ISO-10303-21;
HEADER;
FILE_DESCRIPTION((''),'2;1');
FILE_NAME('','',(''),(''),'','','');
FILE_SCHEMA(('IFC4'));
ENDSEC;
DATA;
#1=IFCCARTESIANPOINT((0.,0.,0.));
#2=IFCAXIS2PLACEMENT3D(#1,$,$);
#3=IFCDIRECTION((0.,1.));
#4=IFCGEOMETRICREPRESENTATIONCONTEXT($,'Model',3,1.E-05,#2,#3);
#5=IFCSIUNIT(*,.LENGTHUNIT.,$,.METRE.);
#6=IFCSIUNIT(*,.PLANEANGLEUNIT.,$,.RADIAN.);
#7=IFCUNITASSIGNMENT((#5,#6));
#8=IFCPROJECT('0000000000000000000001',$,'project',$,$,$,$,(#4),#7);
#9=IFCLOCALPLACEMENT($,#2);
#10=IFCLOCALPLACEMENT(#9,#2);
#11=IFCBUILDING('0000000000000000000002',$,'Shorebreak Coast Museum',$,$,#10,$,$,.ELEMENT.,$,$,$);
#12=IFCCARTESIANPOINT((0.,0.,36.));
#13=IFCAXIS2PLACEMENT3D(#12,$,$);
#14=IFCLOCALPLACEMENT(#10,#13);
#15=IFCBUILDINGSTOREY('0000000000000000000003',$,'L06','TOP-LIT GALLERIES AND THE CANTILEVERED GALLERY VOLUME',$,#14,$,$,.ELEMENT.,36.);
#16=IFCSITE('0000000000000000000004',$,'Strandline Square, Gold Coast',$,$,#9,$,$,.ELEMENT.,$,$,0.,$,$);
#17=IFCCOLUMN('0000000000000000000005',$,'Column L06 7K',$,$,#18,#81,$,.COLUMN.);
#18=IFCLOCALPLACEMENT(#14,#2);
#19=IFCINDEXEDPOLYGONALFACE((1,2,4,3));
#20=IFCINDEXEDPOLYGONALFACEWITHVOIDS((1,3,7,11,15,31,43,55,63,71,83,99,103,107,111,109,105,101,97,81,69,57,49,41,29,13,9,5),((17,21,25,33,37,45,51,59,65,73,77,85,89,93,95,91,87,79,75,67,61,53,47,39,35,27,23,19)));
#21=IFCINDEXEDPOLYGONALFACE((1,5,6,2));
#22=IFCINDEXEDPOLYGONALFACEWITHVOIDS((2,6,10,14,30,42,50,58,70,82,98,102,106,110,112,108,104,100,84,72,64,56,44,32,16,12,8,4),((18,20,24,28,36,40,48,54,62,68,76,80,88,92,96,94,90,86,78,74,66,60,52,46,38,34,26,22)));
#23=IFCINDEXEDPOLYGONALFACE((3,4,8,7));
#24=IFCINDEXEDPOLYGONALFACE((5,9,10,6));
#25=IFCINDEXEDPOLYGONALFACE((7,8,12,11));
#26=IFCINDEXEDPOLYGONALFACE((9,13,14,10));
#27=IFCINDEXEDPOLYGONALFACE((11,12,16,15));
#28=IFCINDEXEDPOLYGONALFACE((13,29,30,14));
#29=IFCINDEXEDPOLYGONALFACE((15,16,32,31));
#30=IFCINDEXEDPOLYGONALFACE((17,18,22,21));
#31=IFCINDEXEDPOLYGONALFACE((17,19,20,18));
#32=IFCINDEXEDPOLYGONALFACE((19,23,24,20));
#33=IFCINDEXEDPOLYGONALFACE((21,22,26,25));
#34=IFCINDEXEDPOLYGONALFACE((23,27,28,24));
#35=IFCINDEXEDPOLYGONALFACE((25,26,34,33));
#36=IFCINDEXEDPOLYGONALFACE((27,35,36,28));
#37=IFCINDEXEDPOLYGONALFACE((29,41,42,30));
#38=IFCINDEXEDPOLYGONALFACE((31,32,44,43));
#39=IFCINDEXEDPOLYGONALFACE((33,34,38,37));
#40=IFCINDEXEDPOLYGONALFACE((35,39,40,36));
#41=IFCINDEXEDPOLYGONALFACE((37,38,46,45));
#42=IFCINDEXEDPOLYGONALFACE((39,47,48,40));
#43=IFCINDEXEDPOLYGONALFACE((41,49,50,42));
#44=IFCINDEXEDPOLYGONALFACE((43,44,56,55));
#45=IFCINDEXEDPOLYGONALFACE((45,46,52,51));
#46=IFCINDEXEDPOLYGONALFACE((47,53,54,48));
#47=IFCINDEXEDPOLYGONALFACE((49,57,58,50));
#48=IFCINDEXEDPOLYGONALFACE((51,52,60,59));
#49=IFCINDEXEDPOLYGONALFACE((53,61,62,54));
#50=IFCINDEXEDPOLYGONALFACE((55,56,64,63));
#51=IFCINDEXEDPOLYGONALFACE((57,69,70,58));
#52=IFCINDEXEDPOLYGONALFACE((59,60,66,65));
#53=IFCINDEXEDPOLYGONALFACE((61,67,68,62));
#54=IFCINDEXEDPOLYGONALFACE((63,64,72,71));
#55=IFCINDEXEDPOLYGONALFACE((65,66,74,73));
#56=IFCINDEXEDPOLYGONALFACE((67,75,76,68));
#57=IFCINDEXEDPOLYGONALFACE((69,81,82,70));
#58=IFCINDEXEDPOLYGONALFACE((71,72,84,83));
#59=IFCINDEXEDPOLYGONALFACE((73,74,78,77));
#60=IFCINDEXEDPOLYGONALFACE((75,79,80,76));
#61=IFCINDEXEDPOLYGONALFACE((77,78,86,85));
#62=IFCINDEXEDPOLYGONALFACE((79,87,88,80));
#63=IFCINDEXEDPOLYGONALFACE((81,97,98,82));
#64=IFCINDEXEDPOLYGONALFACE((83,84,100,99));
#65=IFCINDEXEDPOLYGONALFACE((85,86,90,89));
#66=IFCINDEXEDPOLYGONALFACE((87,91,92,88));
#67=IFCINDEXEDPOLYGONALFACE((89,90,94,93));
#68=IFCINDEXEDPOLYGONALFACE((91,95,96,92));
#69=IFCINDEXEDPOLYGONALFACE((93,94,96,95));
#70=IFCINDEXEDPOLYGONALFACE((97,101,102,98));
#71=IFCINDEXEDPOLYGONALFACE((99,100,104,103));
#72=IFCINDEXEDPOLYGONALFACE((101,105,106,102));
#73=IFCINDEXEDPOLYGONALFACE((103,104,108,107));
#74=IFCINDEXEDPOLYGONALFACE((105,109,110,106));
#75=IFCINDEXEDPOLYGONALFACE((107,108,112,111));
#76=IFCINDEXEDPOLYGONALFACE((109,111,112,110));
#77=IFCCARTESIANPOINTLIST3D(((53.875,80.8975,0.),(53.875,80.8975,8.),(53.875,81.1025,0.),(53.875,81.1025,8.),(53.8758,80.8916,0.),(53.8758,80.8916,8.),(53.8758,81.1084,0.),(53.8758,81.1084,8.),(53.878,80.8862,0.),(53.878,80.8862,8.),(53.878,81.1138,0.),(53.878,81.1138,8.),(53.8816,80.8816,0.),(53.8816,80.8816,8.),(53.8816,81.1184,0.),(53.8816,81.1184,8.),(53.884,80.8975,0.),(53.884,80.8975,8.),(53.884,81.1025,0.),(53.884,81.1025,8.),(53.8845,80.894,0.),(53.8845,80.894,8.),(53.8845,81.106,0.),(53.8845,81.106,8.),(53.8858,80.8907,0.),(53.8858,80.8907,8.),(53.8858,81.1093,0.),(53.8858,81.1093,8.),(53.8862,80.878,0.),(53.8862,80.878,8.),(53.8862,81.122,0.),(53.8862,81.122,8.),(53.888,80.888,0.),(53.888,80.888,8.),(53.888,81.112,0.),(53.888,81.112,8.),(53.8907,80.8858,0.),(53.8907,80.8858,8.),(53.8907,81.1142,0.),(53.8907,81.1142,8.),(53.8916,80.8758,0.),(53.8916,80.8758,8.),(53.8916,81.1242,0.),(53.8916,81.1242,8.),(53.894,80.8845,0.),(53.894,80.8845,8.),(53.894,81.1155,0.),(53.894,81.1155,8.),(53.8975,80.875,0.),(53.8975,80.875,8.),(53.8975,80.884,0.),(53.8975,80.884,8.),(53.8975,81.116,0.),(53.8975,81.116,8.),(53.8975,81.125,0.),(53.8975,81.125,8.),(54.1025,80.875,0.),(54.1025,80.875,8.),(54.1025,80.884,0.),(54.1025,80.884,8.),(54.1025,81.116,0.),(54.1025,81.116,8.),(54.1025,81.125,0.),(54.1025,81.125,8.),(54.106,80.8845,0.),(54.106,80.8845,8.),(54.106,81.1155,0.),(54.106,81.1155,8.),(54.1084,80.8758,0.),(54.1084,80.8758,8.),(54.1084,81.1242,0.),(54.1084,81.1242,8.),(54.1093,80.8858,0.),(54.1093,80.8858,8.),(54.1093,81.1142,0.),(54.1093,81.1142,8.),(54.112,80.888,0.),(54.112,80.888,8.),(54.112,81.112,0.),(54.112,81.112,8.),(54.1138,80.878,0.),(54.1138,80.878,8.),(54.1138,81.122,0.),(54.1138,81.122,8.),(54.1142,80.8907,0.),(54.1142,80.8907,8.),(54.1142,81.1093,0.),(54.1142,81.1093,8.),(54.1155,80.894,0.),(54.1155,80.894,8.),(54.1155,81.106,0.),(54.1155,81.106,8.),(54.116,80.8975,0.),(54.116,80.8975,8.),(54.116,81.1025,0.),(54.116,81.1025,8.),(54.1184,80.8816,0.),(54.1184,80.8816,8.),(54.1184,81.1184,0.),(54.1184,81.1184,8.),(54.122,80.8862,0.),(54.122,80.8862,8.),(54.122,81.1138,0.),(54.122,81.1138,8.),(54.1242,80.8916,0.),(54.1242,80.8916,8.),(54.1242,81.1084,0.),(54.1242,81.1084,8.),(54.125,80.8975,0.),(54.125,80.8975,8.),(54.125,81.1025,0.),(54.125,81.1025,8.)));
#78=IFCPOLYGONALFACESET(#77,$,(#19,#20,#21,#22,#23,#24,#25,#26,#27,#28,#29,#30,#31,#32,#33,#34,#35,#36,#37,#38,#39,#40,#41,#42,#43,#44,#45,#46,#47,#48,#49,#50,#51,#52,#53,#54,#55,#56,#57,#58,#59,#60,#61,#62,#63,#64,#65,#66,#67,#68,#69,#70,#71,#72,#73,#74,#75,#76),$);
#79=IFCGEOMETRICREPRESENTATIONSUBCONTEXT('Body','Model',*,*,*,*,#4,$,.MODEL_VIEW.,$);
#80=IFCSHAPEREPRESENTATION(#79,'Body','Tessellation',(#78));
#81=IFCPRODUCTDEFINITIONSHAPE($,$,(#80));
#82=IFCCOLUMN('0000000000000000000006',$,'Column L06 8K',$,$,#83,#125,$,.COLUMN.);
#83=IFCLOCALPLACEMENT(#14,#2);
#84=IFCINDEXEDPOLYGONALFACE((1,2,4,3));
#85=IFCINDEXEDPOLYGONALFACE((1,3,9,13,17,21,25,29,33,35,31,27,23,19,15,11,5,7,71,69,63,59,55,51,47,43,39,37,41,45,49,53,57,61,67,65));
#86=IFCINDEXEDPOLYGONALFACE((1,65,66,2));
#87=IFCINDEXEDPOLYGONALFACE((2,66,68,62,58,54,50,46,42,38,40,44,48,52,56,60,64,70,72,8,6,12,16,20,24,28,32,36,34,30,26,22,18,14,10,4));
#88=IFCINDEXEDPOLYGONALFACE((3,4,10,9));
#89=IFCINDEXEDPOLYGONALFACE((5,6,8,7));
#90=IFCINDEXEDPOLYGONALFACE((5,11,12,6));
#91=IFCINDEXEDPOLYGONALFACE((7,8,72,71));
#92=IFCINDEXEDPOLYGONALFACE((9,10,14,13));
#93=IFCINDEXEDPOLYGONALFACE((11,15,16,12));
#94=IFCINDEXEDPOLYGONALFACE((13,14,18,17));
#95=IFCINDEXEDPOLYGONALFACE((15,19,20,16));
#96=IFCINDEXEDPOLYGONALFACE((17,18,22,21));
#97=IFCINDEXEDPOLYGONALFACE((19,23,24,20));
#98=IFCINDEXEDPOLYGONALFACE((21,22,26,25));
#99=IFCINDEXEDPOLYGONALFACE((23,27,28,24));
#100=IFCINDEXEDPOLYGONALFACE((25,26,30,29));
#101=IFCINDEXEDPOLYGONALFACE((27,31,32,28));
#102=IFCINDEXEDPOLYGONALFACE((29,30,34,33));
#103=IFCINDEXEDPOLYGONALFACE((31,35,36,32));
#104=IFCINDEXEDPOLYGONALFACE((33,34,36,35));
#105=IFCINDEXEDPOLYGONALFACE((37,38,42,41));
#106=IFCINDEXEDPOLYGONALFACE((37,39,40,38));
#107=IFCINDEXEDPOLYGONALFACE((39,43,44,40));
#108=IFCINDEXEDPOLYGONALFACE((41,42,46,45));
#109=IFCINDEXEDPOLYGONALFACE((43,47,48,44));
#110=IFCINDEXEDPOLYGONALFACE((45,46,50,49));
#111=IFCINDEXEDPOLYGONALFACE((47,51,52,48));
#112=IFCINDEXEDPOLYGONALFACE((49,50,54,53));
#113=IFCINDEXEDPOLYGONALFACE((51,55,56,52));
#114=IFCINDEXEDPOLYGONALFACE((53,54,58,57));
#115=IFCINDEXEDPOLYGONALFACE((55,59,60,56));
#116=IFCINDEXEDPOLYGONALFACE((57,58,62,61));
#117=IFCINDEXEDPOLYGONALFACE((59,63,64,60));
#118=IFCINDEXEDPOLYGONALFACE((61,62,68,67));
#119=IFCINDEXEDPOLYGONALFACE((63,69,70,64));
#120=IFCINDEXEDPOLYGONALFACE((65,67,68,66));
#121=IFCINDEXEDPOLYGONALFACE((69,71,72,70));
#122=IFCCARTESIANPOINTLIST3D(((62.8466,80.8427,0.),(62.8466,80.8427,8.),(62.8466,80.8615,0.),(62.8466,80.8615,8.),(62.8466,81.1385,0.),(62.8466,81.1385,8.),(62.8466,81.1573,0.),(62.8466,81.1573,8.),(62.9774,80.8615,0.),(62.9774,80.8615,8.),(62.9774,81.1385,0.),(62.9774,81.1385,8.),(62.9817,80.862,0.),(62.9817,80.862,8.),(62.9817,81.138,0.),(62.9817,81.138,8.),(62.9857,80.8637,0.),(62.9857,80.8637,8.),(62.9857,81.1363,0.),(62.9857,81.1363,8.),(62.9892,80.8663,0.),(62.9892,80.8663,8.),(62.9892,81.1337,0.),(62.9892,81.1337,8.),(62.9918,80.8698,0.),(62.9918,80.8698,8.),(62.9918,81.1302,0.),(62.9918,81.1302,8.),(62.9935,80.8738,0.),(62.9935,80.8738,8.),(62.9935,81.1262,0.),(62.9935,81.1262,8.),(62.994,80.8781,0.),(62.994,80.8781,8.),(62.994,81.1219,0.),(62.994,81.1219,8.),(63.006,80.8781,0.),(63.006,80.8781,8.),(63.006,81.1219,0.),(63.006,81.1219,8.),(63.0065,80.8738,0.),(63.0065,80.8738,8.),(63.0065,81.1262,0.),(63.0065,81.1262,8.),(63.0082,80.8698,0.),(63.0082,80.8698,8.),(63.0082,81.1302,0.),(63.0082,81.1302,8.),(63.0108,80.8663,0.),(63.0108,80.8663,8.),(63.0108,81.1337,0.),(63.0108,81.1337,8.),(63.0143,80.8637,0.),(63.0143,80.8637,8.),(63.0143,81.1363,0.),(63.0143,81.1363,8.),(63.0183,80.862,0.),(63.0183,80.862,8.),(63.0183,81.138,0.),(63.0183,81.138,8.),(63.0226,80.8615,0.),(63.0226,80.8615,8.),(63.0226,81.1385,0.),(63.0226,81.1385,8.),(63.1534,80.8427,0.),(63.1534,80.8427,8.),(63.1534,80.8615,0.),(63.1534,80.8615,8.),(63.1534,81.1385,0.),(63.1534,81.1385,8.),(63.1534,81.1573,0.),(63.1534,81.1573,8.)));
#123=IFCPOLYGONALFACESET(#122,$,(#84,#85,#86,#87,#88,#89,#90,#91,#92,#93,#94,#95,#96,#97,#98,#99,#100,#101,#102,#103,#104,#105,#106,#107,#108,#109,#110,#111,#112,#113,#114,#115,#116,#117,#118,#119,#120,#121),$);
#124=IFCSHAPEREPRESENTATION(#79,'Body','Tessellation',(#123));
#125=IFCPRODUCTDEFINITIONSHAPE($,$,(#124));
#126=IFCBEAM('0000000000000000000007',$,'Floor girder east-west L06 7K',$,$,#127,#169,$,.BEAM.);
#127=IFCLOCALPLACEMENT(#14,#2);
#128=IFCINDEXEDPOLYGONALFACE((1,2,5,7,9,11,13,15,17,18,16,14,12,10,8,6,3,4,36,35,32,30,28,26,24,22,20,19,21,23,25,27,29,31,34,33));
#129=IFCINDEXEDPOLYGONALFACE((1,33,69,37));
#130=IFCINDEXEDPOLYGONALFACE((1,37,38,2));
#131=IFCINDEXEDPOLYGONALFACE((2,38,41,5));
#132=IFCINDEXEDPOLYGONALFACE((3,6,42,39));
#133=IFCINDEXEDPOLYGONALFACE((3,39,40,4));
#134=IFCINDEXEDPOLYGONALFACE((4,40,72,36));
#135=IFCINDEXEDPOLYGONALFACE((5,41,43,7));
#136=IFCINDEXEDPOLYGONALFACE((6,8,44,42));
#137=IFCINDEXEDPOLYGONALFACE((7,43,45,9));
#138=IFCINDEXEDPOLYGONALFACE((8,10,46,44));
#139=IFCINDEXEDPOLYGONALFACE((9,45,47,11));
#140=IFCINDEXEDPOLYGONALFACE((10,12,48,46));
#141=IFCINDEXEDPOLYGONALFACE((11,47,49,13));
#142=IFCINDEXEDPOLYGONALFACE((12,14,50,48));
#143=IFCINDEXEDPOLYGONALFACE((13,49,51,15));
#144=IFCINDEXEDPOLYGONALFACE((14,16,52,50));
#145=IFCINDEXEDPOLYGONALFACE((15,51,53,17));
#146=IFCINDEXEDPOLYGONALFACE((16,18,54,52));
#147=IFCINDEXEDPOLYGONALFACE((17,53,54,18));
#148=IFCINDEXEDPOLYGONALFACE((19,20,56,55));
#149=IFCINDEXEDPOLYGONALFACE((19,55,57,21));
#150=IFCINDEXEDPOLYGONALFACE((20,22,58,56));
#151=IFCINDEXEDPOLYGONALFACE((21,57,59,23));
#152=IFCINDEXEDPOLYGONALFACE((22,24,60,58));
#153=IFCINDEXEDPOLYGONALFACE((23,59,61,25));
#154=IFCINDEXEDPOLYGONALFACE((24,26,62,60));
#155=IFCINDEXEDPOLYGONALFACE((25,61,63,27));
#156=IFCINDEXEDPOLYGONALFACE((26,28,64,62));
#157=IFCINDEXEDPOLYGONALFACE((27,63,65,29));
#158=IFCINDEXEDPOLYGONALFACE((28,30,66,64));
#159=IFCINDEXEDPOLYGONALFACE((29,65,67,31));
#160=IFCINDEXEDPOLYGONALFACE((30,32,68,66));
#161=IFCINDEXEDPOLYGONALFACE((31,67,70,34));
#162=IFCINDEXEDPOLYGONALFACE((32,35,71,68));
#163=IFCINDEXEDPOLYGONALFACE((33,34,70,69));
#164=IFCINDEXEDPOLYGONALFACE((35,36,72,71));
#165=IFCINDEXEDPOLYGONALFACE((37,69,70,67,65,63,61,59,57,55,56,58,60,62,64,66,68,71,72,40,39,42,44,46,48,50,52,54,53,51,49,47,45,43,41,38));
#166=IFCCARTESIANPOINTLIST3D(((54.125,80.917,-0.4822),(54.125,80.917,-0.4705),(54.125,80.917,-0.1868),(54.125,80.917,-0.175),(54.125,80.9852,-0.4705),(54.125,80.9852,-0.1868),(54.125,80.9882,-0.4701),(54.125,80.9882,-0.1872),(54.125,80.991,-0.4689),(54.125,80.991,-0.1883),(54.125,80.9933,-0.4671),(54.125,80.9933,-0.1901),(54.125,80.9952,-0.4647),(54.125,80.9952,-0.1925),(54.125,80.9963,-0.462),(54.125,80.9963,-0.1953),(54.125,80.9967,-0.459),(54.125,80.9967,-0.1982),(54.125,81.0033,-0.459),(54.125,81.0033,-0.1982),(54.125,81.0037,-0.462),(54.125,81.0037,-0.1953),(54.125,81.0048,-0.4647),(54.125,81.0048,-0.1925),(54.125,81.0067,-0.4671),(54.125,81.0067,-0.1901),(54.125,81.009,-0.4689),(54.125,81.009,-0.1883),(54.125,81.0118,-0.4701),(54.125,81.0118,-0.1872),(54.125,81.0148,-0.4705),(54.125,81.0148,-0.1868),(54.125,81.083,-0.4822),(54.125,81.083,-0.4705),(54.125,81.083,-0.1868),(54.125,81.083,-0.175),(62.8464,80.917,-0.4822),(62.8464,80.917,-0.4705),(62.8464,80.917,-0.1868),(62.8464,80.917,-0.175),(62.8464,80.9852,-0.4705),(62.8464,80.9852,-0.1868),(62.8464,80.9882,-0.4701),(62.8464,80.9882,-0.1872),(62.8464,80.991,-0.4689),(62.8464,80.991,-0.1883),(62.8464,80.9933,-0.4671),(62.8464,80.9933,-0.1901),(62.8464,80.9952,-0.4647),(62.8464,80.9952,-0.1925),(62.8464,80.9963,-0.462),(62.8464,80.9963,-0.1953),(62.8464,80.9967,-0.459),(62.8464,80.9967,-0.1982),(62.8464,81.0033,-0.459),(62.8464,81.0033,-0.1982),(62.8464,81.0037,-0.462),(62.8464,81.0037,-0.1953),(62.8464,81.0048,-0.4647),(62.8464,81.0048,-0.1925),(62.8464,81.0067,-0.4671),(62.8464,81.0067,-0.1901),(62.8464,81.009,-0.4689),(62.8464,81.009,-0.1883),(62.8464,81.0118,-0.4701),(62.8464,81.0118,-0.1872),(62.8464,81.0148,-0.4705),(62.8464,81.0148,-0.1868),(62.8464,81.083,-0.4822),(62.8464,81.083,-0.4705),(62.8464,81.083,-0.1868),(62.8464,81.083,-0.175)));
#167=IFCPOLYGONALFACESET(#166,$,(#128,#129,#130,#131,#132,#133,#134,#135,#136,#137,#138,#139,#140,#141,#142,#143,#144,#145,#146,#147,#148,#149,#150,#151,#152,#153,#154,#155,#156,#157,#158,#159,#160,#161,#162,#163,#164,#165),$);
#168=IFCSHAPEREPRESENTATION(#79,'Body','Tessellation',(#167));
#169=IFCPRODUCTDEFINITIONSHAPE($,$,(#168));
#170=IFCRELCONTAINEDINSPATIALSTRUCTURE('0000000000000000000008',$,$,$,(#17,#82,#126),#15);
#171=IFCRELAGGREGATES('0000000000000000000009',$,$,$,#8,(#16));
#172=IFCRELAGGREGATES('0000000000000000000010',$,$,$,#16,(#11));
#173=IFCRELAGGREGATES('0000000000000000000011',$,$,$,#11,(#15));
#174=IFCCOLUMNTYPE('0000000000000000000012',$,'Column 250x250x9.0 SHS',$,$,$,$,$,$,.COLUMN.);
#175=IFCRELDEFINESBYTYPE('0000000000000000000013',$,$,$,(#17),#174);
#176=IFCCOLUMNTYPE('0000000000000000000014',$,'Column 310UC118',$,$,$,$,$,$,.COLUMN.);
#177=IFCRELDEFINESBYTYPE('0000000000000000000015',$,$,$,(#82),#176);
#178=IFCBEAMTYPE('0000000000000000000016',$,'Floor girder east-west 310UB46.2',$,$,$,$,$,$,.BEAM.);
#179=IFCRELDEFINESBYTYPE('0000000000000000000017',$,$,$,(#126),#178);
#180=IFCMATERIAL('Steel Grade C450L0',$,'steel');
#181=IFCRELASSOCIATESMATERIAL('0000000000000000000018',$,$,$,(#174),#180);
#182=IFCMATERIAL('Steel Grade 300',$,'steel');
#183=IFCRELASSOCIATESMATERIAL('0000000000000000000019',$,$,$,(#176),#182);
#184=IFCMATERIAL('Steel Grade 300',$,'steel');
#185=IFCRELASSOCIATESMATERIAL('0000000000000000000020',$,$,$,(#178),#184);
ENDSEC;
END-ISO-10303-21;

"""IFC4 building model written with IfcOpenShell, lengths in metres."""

from ifc_helpers import new_model, si_unit, direction, frame, origin, origin_2d, place, context, subcontext, project, spatial, hollow_rectangle, i_section, extrude, material, material_profile, profile_set, type_object, element, save


model = new_model("IFC4")

# Units and contexts
model_context = context("Model", 3, precision=1e-05, world=origin(), true_north=direction((0.0, 1.0)))
body_context = subcontext(model_context, "Body", "Model", "MODEL_VIEW")
ifc_project = project(units=[si_unit("LENGTHUNIT", "METRE"), si_unit("PLANEANGLEUNIT", "RADIAN")], contexts=[model_context])

# Site, building, storey
site_placement = place(None, origin())
site = spatial("IfcSite", under=ifc_project, at=site_placement, Name="Strandline Square, Gold Coast", CompositionType="ELEMENT", RefElevation=0.0)
building_placement = place(site_placement, origin())
building = spatial("IfcBuilding", under=site, at=building_placement, Name="Shorebreak Coast Museum", CompositionType="ELEMENT")
storey_placement = place(building_placement, frame((0.0, 0.0, 36.0)))
storey = spatial("IfcBuildingStorey", under=building, at=storey_placement, Name="L06", Description="TOP-LIT GALLERIES AND THE CANTILEVERED GALLERY VOLUME", CompositionType="ELEMENT", Elevation=36.0)

# Columns
ifc_material_1 = material(Name="Steel Grade C450L0", Category="steel")
ifc_material_profile_1 = material_profile(ifc_material_1, hollow_rectangle(XDim=0.25, YDim=0.25, WallThickness=0.009, InnerFilletRadius=0.0134, OuterFilletRadius=0.0225, at=origin_2d()), Name="250x250x9.0 SHS")
ifc_profile_set_1 = profile_set([ifc_material_profile_1], Name="Steel Grade C450L0")
column_type_1 = type_object("IfcColumnType", Name="Column 250x250x9.0 SHS", PredefinedType="COLUMN", material=ifc_profile_set_1)
column_1_placement = place(storey_placement, frame((54.0, 81.0, 0.0), z_axis=(0.0, 0.0, 1.0), x_axis=(1.0, 0.0, 0.0)))
element("IfcColumn", 1, at=column_1_placement, inside=storey, type_object=column_type_1, Name="Column L06 7K", PredefinedType="COLUMN", context=body_context, shape_type="SweptSolid", body=[
    extrude(hollow_rectangle(XDim=0.25, YDim=0.25, WallThickness=0.009, InnerFilletRadius=0.0134, OuterFilletRadius=0.0225, at=origin_2d()), origin(), (0.0, 0.0, 1.0), 8.0),
])
ifc_material_2 = material(Name="Steel Grade 300", Category="steel")
ifc_material_profile_2 = material_profile(ifc_material_2, i_section(OverallWidth=0.3069, OverallDepth=0.3147, WebThickness=0.012, FlangeThickness=0.0188, FilletRadius=0.0166, at=origin_2d()), Name="310UC118")
ifc_profile_set_2 = profile_set([ifc_material_profile_2], Name="Steel Grade 300")
column_type_2 = type_object("IfcColumnType", Name="Column 310UC118", PredefinedType="COLUMN", material=ifc_profile_set_2)
column_2_placement = place(storey_placement, frame((63.0, 81.0, 0.0), z_axis=(0.0, 0.0, 1.0), x_axis=(1.0, 0.0, 0.0)))
element("IfcColumn", 2, at=column_2_placement, inside=storey, type_object=column_type_2, Name="Column L06 8K", PredefinedType="COLUMN", context=body_context, shape_type="SweptSolid", body=[
    extrude(i_section(OverallWidth=0.3069, OverallDepth=0.3147, WebThickness=0.012, FlangeThickness=0.0188, FilletRadius=0.0166, at=origin_2d()), origin(), (0.0, 0.0, 1.0), 8.0),
])

# Beam
ifc_material_3 = material(Name="Steel Grade 300", Category="steel")
ifc_material_profile_3 = material_profile(ifc_material_3, i_section(OverallWidth=0.166, OverallDepth=0.3071, WebThickness=0.0066, FlangeThickness=0.0117, FilletRadius=0.0115, at=origin_2d()), Name="310UB46.2")
ifc_profile_set_3 = profile_set([ifc_material_profile_3], Name="Steel Grade 300")
beam_type_1 = type_object("IfcBeamType", Name="Floor girder east-west 310UB46.2", PredefinedType="BEAM", material=ifc_profile_set_3)
beam_1_placement = place(storey_placement, frame((54.125, 81.0, -0.3286), z_axis=(1.0, 0.0, 0.0), x_axis=(0.0, 1.0, 0.0)))
element("IfcBeam", 3, at=beam_1_placement, inside=storey, type_object=beam_type_1, Name="Floor girder east-west L06 7K", PredefinedType="BEAM", context=body_context, shape_type="SweptSolid", body=[
    extrude(i_section(OverallWidth=0.166, OverallDepth=0.3071, WebThickness=0.0066, FlangeThickness=0.0117, FilletRadius=0.0115, at=origin_2d()), origin(), (0.0, 0.0, 1.0), 8.7214),
])

save(model, "model.ifc")
